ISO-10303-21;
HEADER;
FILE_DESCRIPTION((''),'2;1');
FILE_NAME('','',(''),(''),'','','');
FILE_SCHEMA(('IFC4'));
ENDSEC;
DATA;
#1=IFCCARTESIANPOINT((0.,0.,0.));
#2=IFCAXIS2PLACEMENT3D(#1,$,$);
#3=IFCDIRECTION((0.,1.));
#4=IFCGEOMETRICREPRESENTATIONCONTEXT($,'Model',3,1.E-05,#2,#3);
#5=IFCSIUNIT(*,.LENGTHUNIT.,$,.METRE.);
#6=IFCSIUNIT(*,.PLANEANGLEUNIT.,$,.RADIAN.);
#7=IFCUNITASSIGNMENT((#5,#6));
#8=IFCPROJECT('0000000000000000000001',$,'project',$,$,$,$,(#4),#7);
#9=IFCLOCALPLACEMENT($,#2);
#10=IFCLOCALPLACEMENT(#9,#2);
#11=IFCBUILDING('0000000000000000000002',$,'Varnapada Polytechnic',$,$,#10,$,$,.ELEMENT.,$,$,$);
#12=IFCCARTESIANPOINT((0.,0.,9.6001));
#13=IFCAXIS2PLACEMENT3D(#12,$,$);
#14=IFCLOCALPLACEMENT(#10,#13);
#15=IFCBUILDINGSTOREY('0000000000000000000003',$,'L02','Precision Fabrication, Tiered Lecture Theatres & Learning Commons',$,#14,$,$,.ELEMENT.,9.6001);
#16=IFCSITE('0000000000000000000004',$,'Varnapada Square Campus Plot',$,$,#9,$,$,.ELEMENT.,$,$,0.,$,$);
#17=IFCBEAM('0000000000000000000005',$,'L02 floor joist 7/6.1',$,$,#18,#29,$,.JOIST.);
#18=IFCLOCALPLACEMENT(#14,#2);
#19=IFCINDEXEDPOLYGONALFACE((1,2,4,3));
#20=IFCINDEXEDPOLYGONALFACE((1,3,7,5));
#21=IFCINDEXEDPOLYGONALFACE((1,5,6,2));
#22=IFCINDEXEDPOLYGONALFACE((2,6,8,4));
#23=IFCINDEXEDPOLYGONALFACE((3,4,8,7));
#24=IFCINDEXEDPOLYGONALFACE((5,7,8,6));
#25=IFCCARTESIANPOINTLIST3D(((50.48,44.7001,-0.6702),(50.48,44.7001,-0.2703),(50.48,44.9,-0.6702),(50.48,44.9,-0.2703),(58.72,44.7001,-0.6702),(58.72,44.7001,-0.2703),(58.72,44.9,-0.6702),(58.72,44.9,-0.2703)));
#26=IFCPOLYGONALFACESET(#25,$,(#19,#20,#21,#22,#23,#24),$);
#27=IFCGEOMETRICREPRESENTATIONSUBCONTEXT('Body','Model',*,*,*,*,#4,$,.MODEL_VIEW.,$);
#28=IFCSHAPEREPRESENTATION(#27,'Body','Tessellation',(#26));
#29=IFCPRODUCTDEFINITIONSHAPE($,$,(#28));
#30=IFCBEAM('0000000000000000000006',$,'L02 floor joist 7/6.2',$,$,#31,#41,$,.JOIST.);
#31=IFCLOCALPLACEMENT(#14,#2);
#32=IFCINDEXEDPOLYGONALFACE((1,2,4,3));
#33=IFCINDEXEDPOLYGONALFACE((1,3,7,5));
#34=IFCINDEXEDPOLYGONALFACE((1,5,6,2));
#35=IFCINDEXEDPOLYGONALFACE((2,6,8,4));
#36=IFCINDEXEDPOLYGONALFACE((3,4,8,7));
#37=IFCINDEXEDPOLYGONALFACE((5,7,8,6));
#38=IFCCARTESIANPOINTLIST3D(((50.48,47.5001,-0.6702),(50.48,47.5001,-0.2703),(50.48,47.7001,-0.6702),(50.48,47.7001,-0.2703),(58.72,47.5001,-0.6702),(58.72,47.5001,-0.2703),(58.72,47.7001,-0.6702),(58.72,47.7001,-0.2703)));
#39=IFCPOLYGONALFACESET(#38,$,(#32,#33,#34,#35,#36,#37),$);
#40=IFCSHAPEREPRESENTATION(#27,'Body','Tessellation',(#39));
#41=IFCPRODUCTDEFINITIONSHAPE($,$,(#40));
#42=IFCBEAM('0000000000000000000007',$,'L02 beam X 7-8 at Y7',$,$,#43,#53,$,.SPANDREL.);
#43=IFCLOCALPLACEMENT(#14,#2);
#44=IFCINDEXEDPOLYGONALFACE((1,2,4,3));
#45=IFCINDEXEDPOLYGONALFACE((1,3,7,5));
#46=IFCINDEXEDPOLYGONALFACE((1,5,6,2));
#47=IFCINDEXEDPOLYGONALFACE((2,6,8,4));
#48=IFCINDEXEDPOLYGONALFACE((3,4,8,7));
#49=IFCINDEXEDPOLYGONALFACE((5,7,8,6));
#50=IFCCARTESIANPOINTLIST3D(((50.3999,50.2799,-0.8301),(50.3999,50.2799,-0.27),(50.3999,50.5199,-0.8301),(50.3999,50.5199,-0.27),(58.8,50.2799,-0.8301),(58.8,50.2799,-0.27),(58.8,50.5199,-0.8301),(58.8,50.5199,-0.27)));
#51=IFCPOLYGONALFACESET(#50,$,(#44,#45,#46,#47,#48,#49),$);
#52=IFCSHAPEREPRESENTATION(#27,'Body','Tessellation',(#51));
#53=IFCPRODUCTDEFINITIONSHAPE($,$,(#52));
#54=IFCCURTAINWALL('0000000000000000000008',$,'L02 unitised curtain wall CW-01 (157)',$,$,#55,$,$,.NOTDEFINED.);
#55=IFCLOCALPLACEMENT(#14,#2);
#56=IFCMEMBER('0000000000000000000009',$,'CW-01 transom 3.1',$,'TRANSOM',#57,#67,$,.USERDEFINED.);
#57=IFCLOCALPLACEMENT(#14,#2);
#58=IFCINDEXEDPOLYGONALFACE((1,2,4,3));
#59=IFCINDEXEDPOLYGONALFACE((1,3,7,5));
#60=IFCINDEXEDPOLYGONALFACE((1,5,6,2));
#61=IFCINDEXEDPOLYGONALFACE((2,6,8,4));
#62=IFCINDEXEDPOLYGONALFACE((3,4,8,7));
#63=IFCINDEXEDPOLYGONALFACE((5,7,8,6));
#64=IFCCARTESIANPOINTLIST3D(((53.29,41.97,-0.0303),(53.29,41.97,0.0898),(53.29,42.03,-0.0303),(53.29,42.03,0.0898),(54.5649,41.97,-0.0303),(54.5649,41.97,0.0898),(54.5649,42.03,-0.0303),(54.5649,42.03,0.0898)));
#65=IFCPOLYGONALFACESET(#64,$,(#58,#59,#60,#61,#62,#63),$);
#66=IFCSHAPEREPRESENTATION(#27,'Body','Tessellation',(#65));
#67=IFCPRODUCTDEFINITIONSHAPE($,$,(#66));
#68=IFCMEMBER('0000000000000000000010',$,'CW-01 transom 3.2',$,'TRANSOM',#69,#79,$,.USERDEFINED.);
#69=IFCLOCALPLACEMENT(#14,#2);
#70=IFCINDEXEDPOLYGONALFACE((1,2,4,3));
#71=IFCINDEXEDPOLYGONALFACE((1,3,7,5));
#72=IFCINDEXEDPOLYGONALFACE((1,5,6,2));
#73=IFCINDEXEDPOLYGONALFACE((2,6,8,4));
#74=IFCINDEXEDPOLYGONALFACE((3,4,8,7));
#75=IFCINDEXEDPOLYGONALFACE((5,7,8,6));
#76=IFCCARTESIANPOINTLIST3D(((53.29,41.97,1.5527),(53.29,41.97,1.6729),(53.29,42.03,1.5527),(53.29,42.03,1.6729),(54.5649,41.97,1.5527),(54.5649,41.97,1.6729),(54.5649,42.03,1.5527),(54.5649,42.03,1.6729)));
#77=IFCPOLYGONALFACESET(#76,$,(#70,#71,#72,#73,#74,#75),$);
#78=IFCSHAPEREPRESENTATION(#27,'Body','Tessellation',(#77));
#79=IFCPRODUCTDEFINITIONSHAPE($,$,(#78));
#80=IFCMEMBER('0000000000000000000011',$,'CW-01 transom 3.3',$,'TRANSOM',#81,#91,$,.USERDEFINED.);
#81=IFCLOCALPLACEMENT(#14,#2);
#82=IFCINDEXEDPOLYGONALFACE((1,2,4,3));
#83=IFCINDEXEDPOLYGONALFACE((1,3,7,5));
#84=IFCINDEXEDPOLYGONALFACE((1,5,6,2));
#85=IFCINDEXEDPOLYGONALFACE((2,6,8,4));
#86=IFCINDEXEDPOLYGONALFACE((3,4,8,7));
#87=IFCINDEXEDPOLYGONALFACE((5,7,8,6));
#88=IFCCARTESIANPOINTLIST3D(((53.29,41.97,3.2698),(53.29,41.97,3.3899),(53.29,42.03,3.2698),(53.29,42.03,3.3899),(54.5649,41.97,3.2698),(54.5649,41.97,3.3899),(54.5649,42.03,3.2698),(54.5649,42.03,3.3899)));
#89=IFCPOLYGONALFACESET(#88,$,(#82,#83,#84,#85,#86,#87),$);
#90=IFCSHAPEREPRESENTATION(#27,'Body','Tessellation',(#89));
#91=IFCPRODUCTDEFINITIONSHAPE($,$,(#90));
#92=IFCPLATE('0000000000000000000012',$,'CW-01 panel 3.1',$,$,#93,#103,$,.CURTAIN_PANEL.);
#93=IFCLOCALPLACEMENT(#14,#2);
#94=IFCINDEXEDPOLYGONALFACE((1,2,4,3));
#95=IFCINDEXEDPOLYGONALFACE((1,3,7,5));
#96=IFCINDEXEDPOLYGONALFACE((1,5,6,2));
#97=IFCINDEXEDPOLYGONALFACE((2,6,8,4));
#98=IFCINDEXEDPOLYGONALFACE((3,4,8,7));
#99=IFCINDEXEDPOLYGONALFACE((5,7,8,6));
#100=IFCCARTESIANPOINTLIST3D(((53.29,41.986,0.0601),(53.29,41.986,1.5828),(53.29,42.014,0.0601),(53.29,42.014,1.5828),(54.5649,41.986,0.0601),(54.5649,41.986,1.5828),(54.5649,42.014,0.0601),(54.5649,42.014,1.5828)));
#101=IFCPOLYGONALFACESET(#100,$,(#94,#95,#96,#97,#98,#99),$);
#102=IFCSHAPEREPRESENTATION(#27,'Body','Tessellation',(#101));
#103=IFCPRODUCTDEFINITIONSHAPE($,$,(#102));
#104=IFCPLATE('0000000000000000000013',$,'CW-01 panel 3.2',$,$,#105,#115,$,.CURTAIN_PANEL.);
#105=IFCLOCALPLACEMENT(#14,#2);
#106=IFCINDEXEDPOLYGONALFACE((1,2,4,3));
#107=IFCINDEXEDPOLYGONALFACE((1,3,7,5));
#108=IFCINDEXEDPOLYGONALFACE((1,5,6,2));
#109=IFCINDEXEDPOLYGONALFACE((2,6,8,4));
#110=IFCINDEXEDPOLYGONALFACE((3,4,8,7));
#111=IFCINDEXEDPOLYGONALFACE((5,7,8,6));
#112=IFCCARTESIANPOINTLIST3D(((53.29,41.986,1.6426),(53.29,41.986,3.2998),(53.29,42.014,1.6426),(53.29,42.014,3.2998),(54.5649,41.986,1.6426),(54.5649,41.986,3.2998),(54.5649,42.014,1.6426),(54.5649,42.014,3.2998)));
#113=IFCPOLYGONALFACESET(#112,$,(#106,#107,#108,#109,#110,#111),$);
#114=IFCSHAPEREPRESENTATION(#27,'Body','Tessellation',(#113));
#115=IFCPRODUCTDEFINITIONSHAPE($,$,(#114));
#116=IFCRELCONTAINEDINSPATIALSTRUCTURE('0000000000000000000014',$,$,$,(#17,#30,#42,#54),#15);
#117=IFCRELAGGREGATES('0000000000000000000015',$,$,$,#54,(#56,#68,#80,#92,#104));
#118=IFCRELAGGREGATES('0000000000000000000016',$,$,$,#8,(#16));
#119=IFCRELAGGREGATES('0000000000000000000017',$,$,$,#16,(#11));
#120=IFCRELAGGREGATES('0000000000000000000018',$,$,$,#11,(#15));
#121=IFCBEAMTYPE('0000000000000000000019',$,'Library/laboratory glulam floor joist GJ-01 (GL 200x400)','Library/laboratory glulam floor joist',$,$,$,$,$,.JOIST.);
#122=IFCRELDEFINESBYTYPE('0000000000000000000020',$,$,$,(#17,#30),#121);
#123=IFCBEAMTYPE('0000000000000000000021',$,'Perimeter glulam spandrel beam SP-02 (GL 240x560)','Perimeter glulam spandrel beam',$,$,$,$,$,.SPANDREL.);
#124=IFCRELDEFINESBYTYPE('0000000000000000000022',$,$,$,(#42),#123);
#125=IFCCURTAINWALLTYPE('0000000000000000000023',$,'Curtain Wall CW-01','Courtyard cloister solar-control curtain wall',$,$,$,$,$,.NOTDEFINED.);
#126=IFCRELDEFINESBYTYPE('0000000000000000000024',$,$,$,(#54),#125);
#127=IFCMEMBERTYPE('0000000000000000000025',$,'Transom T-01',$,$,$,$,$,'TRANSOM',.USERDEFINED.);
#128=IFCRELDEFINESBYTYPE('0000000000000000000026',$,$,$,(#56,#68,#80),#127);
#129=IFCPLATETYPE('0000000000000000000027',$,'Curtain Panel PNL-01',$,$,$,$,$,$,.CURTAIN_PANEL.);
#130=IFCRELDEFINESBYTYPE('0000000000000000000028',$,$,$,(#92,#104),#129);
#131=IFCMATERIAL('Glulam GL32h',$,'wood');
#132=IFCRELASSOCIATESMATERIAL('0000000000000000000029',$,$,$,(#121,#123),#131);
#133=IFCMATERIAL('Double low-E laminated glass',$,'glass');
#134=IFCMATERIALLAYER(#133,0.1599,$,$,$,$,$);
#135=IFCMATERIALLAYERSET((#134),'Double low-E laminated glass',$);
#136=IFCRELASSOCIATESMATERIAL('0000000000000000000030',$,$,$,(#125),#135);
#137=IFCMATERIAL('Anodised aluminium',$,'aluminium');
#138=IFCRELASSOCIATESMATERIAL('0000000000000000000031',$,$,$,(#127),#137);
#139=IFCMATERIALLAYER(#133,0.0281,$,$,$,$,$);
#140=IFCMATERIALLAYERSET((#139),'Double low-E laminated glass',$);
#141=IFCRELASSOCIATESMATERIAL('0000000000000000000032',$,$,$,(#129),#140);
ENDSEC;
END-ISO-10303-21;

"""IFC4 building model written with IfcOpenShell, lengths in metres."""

from ifc_helpers import new_model, si_unit, direction, frame, origin, origin_2d, place, context, subcontext, project, spatial, rectangle, extrude, material, layer, layer_set, material_profile, profile_set, type_object, element, aggregate, save


model = new_model("IFC4")

# Units and contexts
model_context = context("Model", 3, precision=1e-05, world=origin(), true_north=direction((0.0, 1.0)))
body_context = subcontext(model_context, "Body", "Model", "MODEL_VIEW")
ifc_project = project(units=[si_unit("LENGTHUNIT", "METRE"), si_unit("PLANEANGLEUNIT", "RADIAN")], contexts=[model_context])

# Site, building, storey
site_placement = place(None, origin())
site = spatial("IfcSite", under=ifc_project, at=site_placement, Name="Varnapada Square Campus Plot", CompositionType="ELEMENT", RefElevation=0.0)
building_placement = place(site_placement, origin())
building = spatial("IfcBuilding", under=site, at=building_placement, Name="Varnapada Polytechnic", CompositionType="ELEMENT")
storey_placement = place(building_placement, frame((0.0, 0.0, 9.6001)))
storey = spatial("IfcBuildingStorey", under=building, at=storey_placement, Name="L02", Description="Precision Fabrication, Tiered Lecture Theatres & Learning Commons", CompositionType="ELEMENT", Elevation=9.6001)

# Beams
ifc_material_1 = material(Name="Glulam GL32h", Category="wood")
ifc_material_profile_1 = material_profile(ifc_material_1, rectangle(XDim=0.2, YDim=0.3999, at=origin_2d()), Name="GL 200x400")
ifc_profile_set_1 = profile_set([ifc_material_profile_1], Name="Glulam GL32h")
beam_type_1 = type_object("IfcBeamType", Name="Library/laboratory glulam floor joist GJ-01 (GL 200x400)", Description="Library/laboratory glulam floor joist", PredefinedType="JOIST", material=ifc_profile_set_1)
for number, where, z_axis, x_axis, name in (
    (1, (50.48, 44.8, -0.4702), (1.0, 0.0, 0.0), (0.0, 1.0, 0.0), "L02 floor joist 7/6.1"),
    (2, (50.48, 47.6001, -0.4702), (1.0, 0.0, 0.0), (0.0, 1.0, 0.0), "L02 floor joist 7/6.2"),
):
    element("IfcBeam", number, at=place(storey_placement, frame(where, z_axis=z_axis, x_axis=x_axis)), inside=storey, type_object=beam_type_1, Name=name, PredefinedType="JOIST", context=body_context, shape_type="SweptSolid", body=[
        extrude(rectangle(XDim=0.2, YDim=0.3999, at=origin_2d()), origin(), (0.0, 0.0, 1.0), 8.24),
    ])
ifc_material_profile_2 = material_profile(ifc_material_1, rectangle(XDim=0.24, YDim=0.5601, at=origin_2d()), Name="GL 240x560")
ifc_profile_set_2 = profile_set([ifc_material_profile_2], Name="Glulam GL32h")
beam_type_2 = type_object("IfcBeamType", Name="Perimeter glulam spandrel beam SP-02 (GL 240x560)", Description="Perimeter glulam spandrel beam", PredefinedType="SPANDREL", material=ifc_profile_set_2)
beam_placement = place(storey_placement, frame((50.3999, 50.3999, -0.55), z_axis=(1.0, 0.0, 0.0), x_axis=(0.0, 1.0, 0.0)))
element("IfcBeam", 3, at=beam_placement, inside=storey, type_object=beam_type_2, Name="L02 beam X 7-8 at Y7", PredefinedType="SPANDREL", context=body_context, shape_type="SweptSolid", body=[
    extrude(rectangle(XDim=0.24, YDim=0.5601, at=origin_2d()), origin(), (0.0, 0.0, 1.0), 8.4001),
])

# Curtain wall, members, plates
ifc_material_2 = material(Name="Double low-E laminated glass", Category="glass")
ifc_layer_1 = layer(ifc_material_2, 0.1599)
ifc_layer_set_1 = layer_set([ifc_layer_1], Name="Double low-E laminated glass")
curtain_wall_type = type_object("IfcCurtainWallType", Name="Curtain Wall CW-01", Description="Courtyard cloister solar-control curtain wall", PredefinedType="NOTDEFINED", material=ifc_layer_set_1)
curtain_wall_placement = place(storey_placement, origin())
curtain_wall = element("IfcCurtainWall", 4, at=curtain_wall_placement, inside=storey, type_object=curtain_wall_type, Name="L02 unitised curtain wall CW-01 (157)", PredefinedType="NOTDEFINED")
ifc_material_3 = material(Name="Anodised aluminium", Category="aluminium")
ifc_material_profile_3 = material_profile(ifc_material_3, rectangle(XDim=0.0601, YDim=0.1201, at=origin_2d()), Name="ALU T60x120")
ifc_profile_set_3 = profile_set([ifc_material_profile_3], Name="Anodised aluminium")
member_type = type_object("IfcMemberType", Name="Transom T-01", ElementType="TRANSOM", PredefinedType="USERDEFINED", material=ifc_profile_set_3)
member_1_placement = place(storey_placement, frame((53.29, 42.0, 0.0298), z_axis=(1.0, 0.0, 0.0), x_axis=(0.0, 1.0, 0.0)))
member_1 = element("IfcMember", 5, at=member_1_placement, type_object=member_type, Name="CW-01 transom 3.1", ObjectType="TRANSOM", PredefinedType="USERDEFINED", context=body_context, shape_type="SweptSolid", body=[
    extrude(rectangle(XDim=0.0601, YDim=0.1201, at=origin_2d()), origin(), (0.0, 0.0, 1.0), 1.2749),
])
member_2_placement = place(storey_placement, frame((53.29, 42.0, 1.6128), z_axis=(1.0, 0.0, 0.0), x_axis=(0.0, 1.0, 0.0)))
member_2 = element("IfcMember", 6, at=member_2_placement, type_object=member_type, Name="CW-01 transom 3.2", ObjectType="TRANSOM", PredefinedType="USERDEFINED", context=body_context, shape_type="SweptSolid", body=[
    extrude(rectangle(XDim=0.0601, YDim=0.1201, at=origin_2d()), origin(), (0.0, 0.0, 1.0), 1.2749),
])
member_3_placement = place(storey_placement, frame((53.29, 42.0, 3.3298), z_axis=(1.0, 0.0, 0.0), x_axis=(0.0, 1.0, 0.0)))
member_3 = element("IfcMember", 7, at=member_3_placement, type_object=member_type, Name="CW-01 transom 3.3", ObjectType="TRANSOM", PredefinedType="USERDEFINED", context=body_context, shape_type="SweptSolid", body=[
    extrude(rectangle(XDim=0.0601, YDim=0.1201, at=origin_2d()), origin(), (0.0, 0.0, 1.0), 1.2749),
])
ifc_layer_2 = layer(ifc_material_2, 0.0281)
ifc_layer_set_2 = layer_set([ifc_layer_2], Name="Double low-E laminated glass")
plate_type = type_object("IfcPlateType", Name="Curtain Panel PNL-01", PredefinedType="CURTAIN_PANEL", material=ifc_layer_set_2)
plate_1_placement = place(storey_placement, frame((53.9275, 42.0, 0.0601), z_axis=(0.0, 0.0, 1.0), x_axis=(1.0, 0.0, 0.0)))
plate_1 = element("IfcPlate", 8, at=plate_1_placement, type_object=plate_type, Name="CW-01 panel 3.1", PredefinedType="CURTAIN_PANEL", context=body_context, shape_type="SweptSolid", body=[
    extrude(rectangle(XDim=1.2749, YDim=0.0281, at=origin_2d()), origin(), (0.0, 0.0, 1.0), 1.5227),
])
plate_2_placement = place(storey_placement, frame((53.9275, 42.0, 1.6426), z_axis=(0.0, 0.0, 1.0), x_axis=(1.0, 0.0, 0.0)))
plate_2 = element("IfcPlate", 9, at=plate_2_placement, type_object=plate_type, Name="CW-01 panel 3.2", PredefinedType="CURTAIN_PANEL", context=body_context, shape_type="SweptSolid", body=[
    extrude(rectangle(XDim=1.2749, YDim=0.0281, at=origin_2d()), origin(), (0.0, 0.0, 1.0), 1.6572),
])
aggregate(curtain_wall, [member_1, member_2, member_3, plate_1, plate_2])

save(model, "model.ifc")
